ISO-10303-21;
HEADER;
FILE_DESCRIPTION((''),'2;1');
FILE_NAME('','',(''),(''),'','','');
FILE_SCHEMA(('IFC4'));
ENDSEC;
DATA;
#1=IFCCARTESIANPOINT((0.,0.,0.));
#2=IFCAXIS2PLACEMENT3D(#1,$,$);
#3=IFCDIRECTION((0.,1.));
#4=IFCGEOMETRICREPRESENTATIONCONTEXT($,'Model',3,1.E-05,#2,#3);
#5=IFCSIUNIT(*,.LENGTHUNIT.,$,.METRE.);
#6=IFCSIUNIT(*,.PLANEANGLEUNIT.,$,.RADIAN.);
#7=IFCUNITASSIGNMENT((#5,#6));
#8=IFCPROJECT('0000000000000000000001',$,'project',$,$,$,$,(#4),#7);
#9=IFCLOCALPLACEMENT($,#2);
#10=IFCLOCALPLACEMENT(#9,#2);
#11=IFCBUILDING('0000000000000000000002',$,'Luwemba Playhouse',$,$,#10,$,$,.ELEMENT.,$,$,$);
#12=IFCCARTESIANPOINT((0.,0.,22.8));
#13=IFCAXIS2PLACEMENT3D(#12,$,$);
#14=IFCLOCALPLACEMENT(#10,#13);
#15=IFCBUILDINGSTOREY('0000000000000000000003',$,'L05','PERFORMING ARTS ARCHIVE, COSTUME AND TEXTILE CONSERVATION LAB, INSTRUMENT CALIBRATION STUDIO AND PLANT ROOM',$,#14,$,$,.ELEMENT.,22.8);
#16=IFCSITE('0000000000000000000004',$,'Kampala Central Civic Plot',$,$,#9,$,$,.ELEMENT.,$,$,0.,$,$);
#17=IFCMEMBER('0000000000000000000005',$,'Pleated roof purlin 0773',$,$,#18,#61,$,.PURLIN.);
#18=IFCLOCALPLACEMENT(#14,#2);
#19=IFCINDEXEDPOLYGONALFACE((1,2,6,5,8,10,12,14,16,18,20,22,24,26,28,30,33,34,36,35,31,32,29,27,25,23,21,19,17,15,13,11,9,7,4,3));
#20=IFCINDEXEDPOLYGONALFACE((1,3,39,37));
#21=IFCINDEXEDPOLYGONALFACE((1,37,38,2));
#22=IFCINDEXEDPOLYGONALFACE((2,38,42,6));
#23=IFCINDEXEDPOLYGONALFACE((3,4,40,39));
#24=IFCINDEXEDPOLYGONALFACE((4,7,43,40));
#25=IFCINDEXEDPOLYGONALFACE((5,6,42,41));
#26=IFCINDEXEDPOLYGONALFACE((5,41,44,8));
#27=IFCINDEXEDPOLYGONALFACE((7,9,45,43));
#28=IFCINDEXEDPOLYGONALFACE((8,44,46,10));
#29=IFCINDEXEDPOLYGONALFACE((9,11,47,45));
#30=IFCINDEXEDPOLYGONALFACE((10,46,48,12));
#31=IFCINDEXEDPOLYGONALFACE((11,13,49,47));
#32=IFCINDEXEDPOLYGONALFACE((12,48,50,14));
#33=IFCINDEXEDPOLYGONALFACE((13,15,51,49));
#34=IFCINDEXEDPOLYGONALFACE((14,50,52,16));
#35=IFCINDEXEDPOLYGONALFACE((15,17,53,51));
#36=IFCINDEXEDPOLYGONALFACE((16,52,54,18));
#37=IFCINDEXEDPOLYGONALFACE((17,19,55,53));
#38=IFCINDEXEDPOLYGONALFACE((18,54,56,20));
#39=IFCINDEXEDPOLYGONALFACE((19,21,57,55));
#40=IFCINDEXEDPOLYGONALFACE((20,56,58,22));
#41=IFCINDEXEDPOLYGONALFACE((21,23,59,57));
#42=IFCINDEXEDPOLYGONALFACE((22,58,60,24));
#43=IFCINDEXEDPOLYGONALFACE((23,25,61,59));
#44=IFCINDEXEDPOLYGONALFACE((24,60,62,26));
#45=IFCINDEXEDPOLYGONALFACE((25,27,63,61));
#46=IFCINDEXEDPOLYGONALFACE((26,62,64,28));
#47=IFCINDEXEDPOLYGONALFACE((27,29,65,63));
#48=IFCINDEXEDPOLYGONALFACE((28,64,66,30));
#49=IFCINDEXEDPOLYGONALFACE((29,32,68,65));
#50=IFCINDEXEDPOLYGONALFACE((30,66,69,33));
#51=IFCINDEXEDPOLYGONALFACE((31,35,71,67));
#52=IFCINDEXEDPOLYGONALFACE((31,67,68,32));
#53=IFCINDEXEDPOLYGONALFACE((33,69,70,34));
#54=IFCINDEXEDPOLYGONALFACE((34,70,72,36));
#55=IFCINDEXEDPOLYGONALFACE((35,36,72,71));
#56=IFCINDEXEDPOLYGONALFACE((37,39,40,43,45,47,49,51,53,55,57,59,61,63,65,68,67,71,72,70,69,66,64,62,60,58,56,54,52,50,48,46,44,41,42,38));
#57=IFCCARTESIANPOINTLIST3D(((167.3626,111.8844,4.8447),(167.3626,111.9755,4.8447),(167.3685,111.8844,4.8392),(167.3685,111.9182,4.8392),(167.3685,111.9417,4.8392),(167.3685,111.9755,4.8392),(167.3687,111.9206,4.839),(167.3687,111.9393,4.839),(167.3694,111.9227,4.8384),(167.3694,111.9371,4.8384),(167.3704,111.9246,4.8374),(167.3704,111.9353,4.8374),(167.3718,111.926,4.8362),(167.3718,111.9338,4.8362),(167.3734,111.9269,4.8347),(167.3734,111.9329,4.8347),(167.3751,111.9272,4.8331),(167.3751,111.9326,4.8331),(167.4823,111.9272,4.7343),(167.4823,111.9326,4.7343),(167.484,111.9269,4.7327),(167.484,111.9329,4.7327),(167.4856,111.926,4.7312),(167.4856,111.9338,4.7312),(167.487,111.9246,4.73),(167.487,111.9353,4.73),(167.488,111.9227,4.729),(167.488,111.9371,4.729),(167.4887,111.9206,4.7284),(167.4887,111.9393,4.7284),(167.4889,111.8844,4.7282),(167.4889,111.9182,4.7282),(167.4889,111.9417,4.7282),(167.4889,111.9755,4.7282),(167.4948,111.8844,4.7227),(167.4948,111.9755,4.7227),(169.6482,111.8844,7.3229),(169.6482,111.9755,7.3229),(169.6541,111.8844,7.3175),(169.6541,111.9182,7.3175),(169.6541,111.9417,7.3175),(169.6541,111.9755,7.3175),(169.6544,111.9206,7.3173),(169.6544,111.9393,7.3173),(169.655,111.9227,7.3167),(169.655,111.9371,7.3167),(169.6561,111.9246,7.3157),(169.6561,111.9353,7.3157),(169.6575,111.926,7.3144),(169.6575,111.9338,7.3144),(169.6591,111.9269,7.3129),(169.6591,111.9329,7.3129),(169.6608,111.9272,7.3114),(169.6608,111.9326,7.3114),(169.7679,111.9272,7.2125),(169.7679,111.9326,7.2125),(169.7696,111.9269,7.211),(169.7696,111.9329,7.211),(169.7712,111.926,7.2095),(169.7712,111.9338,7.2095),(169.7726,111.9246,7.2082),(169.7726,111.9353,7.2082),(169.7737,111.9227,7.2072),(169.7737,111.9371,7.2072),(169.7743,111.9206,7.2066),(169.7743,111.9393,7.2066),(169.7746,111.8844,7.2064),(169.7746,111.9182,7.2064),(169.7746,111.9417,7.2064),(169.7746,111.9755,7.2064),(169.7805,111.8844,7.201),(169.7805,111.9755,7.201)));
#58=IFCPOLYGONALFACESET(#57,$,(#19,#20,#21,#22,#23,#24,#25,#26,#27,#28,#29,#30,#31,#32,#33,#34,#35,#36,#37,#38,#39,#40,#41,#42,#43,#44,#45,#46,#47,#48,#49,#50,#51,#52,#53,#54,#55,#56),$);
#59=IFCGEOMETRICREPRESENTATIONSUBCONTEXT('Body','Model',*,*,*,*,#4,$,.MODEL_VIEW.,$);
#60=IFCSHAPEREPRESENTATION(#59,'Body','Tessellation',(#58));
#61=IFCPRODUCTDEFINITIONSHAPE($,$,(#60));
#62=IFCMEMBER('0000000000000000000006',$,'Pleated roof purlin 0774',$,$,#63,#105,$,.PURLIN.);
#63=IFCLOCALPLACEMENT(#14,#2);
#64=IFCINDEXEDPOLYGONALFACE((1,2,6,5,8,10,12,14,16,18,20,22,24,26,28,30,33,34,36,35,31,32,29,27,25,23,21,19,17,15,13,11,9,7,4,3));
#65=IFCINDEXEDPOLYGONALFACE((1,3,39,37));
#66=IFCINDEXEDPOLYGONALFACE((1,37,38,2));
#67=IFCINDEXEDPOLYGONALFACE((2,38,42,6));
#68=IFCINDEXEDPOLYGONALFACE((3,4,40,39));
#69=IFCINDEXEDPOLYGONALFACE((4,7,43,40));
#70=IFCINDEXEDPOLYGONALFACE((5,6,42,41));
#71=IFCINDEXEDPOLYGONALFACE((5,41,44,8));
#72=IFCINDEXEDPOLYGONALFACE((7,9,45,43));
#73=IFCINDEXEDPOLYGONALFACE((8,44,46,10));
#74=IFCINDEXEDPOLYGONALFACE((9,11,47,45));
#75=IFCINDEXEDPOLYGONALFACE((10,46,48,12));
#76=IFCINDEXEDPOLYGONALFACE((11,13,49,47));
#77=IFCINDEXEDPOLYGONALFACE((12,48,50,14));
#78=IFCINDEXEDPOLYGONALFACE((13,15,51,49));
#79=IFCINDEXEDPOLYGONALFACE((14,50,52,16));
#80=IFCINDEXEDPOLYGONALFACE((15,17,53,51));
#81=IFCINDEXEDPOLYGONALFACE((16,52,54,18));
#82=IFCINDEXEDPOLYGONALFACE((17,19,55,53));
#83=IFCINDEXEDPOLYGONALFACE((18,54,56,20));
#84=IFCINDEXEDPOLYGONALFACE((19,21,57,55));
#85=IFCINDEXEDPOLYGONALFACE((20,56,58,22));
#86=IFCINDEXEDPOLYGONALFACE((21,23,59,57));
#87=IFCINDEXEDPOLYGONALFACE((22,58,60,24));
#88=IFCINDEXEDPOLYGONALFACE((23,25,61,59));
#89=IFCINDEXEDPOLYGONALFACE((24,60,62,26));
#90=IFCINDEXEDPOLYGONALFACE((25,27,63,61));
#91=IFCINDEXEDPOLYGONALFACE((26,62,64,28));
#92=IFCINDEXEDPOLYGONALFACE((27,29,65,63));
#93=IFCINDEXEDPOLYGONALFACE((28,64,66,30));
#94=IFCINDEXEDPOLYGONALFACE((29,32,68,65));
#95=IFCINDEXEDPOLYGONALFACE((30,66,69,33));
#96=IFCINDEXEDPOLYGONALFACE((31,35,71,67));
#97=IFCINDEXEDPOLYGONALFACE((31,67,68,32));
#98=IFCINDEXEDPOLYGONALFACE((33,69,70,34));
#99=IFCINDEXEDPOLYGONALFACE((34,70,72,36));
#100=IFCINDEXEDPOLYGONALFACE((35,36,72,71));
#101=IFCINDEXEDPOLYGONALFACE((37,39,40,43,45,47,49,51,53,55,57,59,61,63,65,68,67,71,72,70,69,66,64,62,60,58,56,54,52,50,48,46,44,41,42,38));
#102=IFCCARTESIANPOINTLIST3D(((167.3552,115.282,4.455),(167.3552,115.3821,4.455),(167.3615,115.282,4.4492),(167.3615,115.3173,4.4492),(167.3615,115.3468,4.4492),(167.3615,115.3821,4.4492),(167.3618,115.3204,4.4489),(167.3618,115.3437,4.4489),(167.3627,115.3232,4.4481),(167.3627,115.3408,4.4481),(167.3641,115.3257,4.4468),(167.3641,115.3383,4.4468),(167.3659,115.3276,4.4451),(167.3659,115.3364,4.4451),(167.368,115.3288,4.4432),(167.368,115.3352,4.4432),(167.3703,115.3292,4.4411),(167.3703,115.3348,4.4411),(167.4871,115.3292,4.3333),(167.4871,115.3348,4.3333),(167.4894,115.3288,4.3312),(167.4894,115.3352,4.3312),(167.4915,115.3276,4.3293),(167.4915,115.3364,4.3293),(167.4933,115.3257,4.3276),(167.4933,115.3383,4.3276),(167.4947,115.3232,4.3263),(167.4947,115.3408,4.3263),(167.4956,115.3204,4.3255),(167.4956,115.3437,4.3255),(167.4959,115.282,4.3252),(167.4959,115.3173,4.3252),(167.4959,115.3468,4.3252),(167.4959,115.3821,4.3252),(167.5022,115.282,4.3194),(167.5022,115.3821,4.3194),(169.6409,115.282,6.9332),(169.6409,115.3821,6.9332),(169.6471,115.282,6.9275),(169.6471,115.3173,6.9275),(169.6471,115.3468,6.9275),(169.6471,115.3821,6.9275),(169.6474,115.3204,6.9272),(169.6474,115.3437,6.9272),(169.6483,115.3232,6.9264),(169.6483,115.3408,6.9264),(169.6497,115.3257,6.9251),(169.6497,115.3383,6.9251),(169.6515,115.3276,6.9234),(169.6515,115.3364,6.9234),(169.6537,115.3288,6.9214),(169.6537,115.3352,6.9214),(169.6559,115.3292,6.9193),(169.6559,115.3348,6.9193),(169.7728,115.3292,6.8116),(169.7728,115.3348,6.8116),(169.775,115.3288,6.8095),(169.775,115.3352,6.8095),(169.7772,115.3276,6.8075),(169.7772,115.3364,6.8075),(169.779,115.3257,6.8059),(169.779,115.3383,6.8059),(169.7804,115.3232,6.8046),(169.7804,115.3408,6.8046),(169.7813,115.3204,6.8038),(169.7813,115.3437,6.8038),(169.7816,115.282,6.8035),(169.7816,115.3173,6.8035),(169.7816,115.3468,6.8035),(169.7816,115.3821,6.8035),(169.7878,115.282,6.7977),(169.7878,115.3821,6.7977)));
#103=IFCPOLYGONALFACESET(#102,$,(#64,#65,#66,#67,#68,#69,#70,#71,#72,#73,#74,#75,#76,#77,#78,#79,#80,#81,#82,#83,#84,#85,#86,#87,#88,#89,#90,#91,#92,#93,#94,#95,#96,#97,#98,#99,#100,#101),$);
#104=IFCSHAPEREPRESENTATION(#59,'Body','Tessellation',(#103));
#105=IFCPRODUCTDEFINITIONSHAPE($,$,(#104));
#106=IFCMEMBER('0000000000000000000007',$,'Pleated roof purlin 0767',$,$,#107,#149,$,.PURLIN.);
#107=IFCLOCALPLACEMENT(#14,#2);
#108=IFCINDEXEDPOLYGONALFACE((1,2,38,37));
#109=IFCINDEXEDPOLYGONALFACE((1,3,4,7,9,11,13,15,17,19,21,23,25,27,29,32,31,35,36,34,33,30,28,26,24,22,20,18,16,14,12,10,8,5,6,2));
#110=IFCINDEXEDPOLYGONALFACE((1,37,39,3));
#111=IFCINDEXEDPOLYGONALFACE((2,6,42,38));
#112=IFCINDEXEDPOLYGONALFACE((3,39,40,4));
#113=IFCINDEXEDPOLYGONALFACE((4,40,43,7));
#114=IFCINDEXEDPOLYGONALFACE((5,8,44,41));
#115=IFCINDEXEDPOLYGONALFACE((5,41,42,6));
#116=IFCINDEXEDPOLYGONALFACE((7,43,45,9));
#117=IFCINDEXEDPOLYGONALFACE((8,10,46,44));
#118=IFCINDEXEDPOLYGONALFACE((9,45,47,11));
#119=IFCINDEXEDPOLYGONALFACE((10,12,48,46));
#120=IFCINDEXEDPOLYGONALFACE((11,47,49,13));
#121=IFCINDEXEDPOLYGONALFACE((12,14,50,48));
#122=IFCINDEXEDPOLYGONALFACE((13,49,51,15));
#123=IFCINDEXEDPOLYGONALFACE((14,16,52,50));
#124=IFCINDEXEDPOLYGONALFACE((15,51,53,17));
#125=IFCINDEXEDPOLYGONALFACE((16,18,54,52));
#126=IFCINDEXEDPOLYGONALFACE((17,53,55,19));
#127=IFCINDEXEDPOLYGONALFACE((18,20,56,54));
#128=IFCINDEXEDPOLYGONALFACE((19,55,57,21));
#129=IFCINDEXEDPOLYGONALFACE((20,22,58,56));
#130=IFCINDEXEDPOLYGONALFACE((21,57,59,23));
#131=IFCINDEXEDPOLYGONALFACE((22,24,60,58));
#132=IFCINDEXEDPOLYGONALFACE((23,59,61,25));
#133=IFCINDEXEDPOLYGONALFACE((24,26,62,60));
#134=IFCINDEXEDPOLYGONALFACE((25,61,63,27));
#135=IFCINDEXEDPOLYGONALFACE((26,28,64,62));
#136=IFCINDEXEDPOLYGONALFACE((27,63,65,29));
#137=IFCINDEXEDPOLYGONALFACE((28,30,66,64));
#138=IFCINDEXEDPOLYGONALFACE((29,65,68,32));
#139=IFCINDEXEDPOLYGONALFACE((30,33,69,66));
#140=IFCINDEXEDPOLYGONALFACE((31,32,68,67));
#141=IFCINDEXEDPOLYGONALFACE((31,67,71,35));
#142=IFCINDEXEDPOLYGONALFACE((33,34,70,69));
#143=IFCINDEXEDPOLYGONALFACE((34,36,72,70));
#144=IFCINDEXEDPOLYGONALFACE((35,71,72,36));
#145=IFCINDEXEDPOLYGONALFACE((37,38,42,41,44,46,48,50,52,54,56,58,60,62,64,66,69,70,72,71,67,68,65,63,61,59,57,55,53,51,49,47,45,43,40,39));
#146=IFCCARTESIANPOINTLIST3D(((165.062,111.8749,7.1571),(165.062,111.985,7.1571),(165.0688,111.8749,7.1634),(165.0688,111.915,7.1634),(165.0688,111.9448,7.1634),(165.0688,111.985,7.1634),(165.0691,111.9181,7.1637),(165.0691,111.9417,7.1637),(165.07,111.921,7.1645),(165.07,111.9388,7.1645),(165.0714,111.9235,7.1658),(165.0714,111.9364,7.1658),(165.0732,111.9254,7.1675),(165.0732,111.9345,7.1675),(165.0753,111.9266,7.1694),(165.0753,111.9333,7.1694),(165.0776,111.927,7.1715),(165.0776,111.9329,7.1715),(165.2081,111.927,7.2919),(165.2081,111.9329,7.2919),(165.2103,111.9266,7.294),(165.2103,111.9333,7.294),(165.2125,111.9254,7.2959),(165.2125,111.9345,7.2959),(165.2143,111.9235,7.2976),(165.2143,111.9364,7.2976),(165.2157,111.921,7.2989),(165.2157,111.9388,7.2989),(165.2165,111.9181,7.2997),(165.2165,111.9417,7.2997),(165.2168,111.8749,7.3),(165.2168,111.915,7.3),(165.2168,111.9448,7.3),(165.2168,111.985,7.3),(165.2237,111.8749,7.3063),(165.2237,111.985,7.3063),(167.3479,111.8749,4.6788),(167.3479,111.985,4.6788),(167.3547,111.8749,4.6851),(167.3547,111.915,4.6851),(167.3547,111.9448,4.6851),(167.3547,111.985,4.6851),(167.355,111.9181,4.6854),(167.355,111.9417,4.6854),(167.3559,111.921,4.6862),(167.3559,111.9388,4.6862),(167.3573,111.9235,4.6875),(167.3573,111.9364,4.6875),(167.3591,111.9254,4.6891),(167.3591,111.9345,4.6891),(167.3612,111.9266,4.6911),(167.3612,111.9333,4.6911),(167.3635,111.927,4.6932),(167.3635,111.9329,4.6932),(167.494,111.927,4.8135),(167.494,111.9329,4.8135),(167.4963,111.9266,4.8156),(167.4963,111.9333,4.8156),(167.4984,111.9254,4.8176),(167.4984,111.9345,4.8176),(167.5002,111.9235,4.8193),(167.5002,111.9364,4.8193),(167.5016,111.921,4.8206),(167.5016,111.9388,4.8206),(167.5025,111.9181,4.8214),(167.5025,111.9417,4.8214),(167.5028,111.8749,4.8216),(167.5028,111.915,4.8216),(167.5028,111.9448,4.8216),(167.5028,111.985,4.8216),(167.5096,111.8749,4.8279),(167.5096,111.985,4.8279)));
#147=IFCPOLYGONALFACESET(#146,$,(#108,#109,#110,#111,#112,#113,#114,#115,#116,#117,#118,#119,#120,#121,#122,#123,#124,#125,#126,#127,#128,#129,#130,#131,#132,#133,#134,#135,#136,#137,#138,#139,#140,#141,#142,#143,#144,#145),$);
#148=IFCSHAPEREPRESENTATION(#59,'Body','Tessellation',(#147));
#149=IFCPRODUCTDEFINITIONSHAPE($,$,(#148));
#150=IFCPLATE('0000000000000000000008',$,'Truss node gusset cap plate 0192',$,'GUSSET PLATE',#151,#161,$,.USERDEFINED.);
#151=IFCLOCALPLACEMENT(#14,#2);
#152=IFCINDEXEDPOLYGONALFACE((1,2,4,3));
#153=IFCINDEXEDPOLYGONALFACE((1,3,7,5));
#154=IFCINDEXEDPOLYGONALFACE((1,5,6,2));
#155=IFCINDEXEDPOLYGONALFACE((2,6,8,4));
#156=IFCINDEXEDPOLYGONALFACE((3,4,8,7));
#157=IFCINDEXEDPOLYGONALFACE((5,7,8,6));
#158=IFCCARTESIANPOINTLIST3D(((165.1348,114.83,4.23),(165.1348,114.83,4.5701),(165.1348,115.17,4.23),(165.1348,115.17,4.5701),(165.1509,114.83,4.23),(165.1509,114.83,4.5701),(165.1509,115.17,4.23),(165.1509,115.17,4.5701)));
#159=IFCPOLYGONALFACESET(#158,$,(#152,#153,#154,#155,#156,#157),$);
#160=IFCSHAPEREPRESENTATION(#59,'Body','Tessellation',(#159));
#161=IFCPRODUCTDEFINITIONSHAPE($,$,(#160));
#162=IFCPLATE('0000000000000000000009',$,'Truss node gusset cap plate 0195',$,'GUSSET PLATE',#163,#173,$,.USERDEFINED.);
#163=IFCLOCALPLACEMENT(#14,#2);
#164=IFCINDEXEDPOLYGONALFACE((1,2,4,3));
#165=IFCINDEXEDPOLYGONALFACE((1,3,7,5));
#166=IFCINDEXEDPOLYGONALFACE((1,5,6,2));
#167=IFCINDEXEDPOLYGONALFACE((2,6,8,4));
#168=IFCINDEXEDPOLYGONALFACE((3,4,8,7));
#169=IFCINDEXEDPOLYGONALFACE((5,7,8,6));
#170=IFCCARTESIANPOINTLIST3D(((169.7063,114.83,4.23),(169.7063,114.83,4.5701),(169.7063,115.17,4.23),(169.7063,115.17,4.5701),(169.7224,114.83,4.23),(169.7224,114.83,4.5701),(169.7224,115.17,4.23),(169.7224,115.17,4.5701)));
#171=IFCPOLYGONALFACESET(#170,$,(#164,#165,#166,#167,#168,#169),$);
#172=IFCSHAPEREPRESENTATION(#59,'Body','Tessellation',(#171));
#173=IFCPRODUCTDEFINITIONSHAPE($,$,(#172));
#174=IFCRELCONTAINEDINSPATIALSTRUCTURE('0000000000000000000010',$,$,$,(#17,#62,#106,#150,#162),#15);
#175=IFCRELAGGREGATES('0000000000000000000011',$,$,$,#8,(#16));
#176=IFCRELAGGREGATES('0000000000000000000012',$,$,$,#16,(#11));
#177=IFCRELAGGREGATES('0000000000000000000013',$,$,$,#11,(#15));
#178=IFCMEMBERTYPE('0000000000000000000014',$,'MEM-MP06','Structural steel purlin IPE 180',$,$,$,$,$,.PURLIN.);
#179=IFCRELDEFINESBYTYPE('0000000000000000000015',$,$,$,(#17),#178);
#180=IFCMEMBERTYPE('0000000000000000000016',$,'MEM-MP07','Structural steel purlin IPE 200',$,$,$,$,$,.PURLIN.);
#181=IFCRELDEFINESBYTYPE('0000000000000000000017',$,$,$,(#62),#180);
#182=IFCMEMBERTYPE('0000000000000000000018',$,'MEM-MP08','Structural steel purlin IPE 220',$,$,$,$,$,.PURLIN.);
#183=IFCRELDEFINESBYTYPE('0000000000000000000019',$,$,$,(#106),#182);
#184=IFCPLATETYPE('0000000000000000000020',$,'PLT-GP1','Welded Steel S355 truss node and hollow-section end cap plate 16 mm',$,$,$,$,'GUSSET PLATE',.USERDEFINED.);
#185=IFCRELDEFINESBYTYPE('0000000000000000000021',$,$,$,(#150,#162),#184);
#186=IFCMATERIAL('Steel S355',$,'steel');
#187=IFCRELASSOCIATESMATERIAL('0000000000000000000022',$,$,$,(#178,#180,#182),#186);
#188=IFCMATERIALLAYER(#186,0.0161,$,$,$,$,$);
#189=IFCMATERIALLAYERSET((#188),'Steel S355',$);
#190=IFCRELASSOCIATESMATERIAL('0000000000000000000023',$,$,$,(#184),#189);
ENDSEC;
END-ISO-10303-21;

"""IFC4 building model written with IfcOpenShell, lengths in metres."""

from ifc_helpers import new_model, si_unit, direction, frame, origin, origin_2d, place, context, subcontext, project, spatial, rectangle, i_section, extrude, material, layer, layer_set, material_profile, profile_set, type_object, element, save


model = new_model("IFC4")

# Units and contexts
model_context = context("Model", 3, precision=1e-05, world=origin(), true_north=direction((0.0, 1.0)))
body_context = subcontext(model_context, "Body", "Model", "MODEL_VIEW")
ifc_project = project(units=[si_unit("LENGTHUNIT", "METRE"), si_unit("PLANEANGLEUNIT", "RADIAN")], contexts=[model_context])

# Site, building, storey
site_placement = place(None, origin())
site = spatial("IfcSite", under=ifc_project, at=site_placement, Name="Kampala Central Civic Plot", CompositionType="ELEMENT", RefElevation=0.0)
building_placement = place(site_placement, origin())
building = spatial("IfcBuilding", under=site, at=building_placement, Name="Luwemba Playhouse", CompositionType="ELEMENT")
storey_placement = place(building_placement, frame((0.0, 0.0, 22.8)))
storey = spatial("IfcBuildingStorey", under=building, at=storey_placement, Name="L05", Description="PERFORMING ARTS ARCHIVE, COSTUME AND TEXTILE CONSERVATION LAB, INSTRUMENT CALIBRATION STUDIO AND PLANT ROOM", CompositionType="ELEMENT", Elevation=22.8)

# Shared definitions
ifc_material_1 = material(Name="Steel S355", Category="steel")

# Members
ifc_material_profile_1 = material_profile(ifc_material_1, i_section(OverallWidth=0.0911, OverallDepth=0.1799, WebThickness=0.0054, FlangeThickness=0.0081, FilletRadius=0.009, at=origin_2d()))
ifc_profile_set_1 = profile_set([ifc_material_profile_1], Name="Steel S355")
member_type_1 = type_object("IfcMemberType", Name="MEM-MP06", Description="Structural steel purlin IPE 180", PredefinedType="PURLIN", material=ifc_profile_set_1)
member_1_placement = place(storey_placement, frame((167.4287, 111.9299, 4.7837), z_axis=(0.677961, 0.0, 0.735098), x_axis=(0.0, 1.0, 0.0)))
element("IfcMember", 1, at=member_1_placement, inside=storey, type_object=member_type_1, Name="Pleated roof purlin 0773", PredefinedType="PURLIN", context=body_context, shape_type="SweptSolid", body=[
    extrude(i_section(OverallWidth=0.0911, OverallDepth=0.1799, WebThickness=0.0054, FlangeThickness=0.0081, FilletRadius=0.009, at=origin_2d()), origin(), (0.0, 0.0, 1.0), 3.3713),
])
ifc_material_profile_2 = material_profile(ifc_material_1, i_section(OverallWidth=0.1001, OverallDepth=0.2, WebThickness=0.0056, FlangeThickness=0.0085, FilletRadius=0.012, at=origin_2d()))
ifc_profile_set_2 = profile_set([ifc_material_profile_2], Name="Steel S355")
member_type_2 = type_object("IfcMemberType", Name="MEM-MP07", Description="Structural steel purlin IPE 200", PredefinedType="PURLIN", material=ifc_profile_set_2)
member_2_placement = place(storey_placement, frame((167.4287, 115.332, 4.3872), z_axis=(0.677961, 0.0, 0.735098), x_axis=(0.0, 1.0, 0.0)))
element("IfcMember", 2, at=member_2_placement, inside=storey, type_object=member_type_2, Name="Pleated roof purlin 0774", PredefinedType="PURLIN", context=body_context, shape_type="SweptSolid", body=[
    extrude(i_section(OverallWidth=0.1001, OverallDepth=0.2, WebThickness=0.0056, FlangeThickness=0.0085, FilletRadius=0.012, at=origin_2d()), origin(), (0.0, 0.0, 1.0), 3.3713),
])
ifc_material_profile_3 = material_profile(ifc_material_1, i_section(OverallWidth=0.1101, OverallDepth=0.22, WebThickness=0.0059, FlangeThickness=0.0093, FilletRadius=0.012, at=origin_2d()))
ifc_profile_set_3 = profile_set([ifc_material_profile_3], Name="Steel S355")
member_type_3 = type_object("IfcMemberType", Name="MEM-MP08", Description="Structural steel purlin IPE 220", PredefinedType="PURLIN", material=ifc_profile_set_3)
member_3_placement = place(storey_placement, frame((165.1428, 111.9299, 7.2317), z_axis=(0.678, 0.0, -0.735062), x_axis=(0.0, 1.0, 0.0)))
element("IfcMember", 3, at=member_3_placement, inside=storey, type_object=member_type_3, Name="Pleated roof purlin 0767", PredefinedType="PURLIN", context=body_context, shape_type="SweptSolid", body=[
    extrude(i_section(OverallWidth=0.1101, OverallDepth=0.22, WebThickness=0.0059, FlangeThickness=0.0093, FilletRadius=0.012, at=origin_2d()), origin(), (0.0, 0.0, 1.0), 3.3716),
])

# Plates
ifc_layer_1 = layer(ifc_material_1, 0.0161)
ifc_layer_set_1 = layer_set([ifc_layer_1], Name="Steel S355")
plate_type = type_object("IfcPlateType", Name="PLT-GP1", Description="Welded Steel S355 truss node and hollow-section end cap plate 16 mm", ElementType="GUSSET PLATE", PredefinedType="USERDEFINED", material=ifc_layer_set_1)
for number, where, z_axis, x_axis, name in (
    (4, (165.1428, 115.0, 4.23), (0.0, 0.0, 1.0), (1.0, 0.0, 0.0), "Truss node gusset cap plate 0192"),
    (5, (169.7144, 115.0, 4.23), (0.0, 0.0, 1.0), (1.0, 0.0, 0.0), "Truss node gusset cap plate 0195"),
):
    element("IfcPlate", number, at=place(storey_placement, frame(where, z_axis=z_axis, x_axis=x_axis)), inside=storey, type_object=plate_type, Name=name, ObjectType="GUSSET PLATE", PredefinedType="USERDEFINED", context=body_context, shape_type="SweptSolid", body=[
        extrude(rectangle(XDim=0.0161, YDim=0.3401, at=origin_2d()), origin(), (0.0, 0.0, 1.0), 0.3401),
    ])

save(model, "model.ifc")
